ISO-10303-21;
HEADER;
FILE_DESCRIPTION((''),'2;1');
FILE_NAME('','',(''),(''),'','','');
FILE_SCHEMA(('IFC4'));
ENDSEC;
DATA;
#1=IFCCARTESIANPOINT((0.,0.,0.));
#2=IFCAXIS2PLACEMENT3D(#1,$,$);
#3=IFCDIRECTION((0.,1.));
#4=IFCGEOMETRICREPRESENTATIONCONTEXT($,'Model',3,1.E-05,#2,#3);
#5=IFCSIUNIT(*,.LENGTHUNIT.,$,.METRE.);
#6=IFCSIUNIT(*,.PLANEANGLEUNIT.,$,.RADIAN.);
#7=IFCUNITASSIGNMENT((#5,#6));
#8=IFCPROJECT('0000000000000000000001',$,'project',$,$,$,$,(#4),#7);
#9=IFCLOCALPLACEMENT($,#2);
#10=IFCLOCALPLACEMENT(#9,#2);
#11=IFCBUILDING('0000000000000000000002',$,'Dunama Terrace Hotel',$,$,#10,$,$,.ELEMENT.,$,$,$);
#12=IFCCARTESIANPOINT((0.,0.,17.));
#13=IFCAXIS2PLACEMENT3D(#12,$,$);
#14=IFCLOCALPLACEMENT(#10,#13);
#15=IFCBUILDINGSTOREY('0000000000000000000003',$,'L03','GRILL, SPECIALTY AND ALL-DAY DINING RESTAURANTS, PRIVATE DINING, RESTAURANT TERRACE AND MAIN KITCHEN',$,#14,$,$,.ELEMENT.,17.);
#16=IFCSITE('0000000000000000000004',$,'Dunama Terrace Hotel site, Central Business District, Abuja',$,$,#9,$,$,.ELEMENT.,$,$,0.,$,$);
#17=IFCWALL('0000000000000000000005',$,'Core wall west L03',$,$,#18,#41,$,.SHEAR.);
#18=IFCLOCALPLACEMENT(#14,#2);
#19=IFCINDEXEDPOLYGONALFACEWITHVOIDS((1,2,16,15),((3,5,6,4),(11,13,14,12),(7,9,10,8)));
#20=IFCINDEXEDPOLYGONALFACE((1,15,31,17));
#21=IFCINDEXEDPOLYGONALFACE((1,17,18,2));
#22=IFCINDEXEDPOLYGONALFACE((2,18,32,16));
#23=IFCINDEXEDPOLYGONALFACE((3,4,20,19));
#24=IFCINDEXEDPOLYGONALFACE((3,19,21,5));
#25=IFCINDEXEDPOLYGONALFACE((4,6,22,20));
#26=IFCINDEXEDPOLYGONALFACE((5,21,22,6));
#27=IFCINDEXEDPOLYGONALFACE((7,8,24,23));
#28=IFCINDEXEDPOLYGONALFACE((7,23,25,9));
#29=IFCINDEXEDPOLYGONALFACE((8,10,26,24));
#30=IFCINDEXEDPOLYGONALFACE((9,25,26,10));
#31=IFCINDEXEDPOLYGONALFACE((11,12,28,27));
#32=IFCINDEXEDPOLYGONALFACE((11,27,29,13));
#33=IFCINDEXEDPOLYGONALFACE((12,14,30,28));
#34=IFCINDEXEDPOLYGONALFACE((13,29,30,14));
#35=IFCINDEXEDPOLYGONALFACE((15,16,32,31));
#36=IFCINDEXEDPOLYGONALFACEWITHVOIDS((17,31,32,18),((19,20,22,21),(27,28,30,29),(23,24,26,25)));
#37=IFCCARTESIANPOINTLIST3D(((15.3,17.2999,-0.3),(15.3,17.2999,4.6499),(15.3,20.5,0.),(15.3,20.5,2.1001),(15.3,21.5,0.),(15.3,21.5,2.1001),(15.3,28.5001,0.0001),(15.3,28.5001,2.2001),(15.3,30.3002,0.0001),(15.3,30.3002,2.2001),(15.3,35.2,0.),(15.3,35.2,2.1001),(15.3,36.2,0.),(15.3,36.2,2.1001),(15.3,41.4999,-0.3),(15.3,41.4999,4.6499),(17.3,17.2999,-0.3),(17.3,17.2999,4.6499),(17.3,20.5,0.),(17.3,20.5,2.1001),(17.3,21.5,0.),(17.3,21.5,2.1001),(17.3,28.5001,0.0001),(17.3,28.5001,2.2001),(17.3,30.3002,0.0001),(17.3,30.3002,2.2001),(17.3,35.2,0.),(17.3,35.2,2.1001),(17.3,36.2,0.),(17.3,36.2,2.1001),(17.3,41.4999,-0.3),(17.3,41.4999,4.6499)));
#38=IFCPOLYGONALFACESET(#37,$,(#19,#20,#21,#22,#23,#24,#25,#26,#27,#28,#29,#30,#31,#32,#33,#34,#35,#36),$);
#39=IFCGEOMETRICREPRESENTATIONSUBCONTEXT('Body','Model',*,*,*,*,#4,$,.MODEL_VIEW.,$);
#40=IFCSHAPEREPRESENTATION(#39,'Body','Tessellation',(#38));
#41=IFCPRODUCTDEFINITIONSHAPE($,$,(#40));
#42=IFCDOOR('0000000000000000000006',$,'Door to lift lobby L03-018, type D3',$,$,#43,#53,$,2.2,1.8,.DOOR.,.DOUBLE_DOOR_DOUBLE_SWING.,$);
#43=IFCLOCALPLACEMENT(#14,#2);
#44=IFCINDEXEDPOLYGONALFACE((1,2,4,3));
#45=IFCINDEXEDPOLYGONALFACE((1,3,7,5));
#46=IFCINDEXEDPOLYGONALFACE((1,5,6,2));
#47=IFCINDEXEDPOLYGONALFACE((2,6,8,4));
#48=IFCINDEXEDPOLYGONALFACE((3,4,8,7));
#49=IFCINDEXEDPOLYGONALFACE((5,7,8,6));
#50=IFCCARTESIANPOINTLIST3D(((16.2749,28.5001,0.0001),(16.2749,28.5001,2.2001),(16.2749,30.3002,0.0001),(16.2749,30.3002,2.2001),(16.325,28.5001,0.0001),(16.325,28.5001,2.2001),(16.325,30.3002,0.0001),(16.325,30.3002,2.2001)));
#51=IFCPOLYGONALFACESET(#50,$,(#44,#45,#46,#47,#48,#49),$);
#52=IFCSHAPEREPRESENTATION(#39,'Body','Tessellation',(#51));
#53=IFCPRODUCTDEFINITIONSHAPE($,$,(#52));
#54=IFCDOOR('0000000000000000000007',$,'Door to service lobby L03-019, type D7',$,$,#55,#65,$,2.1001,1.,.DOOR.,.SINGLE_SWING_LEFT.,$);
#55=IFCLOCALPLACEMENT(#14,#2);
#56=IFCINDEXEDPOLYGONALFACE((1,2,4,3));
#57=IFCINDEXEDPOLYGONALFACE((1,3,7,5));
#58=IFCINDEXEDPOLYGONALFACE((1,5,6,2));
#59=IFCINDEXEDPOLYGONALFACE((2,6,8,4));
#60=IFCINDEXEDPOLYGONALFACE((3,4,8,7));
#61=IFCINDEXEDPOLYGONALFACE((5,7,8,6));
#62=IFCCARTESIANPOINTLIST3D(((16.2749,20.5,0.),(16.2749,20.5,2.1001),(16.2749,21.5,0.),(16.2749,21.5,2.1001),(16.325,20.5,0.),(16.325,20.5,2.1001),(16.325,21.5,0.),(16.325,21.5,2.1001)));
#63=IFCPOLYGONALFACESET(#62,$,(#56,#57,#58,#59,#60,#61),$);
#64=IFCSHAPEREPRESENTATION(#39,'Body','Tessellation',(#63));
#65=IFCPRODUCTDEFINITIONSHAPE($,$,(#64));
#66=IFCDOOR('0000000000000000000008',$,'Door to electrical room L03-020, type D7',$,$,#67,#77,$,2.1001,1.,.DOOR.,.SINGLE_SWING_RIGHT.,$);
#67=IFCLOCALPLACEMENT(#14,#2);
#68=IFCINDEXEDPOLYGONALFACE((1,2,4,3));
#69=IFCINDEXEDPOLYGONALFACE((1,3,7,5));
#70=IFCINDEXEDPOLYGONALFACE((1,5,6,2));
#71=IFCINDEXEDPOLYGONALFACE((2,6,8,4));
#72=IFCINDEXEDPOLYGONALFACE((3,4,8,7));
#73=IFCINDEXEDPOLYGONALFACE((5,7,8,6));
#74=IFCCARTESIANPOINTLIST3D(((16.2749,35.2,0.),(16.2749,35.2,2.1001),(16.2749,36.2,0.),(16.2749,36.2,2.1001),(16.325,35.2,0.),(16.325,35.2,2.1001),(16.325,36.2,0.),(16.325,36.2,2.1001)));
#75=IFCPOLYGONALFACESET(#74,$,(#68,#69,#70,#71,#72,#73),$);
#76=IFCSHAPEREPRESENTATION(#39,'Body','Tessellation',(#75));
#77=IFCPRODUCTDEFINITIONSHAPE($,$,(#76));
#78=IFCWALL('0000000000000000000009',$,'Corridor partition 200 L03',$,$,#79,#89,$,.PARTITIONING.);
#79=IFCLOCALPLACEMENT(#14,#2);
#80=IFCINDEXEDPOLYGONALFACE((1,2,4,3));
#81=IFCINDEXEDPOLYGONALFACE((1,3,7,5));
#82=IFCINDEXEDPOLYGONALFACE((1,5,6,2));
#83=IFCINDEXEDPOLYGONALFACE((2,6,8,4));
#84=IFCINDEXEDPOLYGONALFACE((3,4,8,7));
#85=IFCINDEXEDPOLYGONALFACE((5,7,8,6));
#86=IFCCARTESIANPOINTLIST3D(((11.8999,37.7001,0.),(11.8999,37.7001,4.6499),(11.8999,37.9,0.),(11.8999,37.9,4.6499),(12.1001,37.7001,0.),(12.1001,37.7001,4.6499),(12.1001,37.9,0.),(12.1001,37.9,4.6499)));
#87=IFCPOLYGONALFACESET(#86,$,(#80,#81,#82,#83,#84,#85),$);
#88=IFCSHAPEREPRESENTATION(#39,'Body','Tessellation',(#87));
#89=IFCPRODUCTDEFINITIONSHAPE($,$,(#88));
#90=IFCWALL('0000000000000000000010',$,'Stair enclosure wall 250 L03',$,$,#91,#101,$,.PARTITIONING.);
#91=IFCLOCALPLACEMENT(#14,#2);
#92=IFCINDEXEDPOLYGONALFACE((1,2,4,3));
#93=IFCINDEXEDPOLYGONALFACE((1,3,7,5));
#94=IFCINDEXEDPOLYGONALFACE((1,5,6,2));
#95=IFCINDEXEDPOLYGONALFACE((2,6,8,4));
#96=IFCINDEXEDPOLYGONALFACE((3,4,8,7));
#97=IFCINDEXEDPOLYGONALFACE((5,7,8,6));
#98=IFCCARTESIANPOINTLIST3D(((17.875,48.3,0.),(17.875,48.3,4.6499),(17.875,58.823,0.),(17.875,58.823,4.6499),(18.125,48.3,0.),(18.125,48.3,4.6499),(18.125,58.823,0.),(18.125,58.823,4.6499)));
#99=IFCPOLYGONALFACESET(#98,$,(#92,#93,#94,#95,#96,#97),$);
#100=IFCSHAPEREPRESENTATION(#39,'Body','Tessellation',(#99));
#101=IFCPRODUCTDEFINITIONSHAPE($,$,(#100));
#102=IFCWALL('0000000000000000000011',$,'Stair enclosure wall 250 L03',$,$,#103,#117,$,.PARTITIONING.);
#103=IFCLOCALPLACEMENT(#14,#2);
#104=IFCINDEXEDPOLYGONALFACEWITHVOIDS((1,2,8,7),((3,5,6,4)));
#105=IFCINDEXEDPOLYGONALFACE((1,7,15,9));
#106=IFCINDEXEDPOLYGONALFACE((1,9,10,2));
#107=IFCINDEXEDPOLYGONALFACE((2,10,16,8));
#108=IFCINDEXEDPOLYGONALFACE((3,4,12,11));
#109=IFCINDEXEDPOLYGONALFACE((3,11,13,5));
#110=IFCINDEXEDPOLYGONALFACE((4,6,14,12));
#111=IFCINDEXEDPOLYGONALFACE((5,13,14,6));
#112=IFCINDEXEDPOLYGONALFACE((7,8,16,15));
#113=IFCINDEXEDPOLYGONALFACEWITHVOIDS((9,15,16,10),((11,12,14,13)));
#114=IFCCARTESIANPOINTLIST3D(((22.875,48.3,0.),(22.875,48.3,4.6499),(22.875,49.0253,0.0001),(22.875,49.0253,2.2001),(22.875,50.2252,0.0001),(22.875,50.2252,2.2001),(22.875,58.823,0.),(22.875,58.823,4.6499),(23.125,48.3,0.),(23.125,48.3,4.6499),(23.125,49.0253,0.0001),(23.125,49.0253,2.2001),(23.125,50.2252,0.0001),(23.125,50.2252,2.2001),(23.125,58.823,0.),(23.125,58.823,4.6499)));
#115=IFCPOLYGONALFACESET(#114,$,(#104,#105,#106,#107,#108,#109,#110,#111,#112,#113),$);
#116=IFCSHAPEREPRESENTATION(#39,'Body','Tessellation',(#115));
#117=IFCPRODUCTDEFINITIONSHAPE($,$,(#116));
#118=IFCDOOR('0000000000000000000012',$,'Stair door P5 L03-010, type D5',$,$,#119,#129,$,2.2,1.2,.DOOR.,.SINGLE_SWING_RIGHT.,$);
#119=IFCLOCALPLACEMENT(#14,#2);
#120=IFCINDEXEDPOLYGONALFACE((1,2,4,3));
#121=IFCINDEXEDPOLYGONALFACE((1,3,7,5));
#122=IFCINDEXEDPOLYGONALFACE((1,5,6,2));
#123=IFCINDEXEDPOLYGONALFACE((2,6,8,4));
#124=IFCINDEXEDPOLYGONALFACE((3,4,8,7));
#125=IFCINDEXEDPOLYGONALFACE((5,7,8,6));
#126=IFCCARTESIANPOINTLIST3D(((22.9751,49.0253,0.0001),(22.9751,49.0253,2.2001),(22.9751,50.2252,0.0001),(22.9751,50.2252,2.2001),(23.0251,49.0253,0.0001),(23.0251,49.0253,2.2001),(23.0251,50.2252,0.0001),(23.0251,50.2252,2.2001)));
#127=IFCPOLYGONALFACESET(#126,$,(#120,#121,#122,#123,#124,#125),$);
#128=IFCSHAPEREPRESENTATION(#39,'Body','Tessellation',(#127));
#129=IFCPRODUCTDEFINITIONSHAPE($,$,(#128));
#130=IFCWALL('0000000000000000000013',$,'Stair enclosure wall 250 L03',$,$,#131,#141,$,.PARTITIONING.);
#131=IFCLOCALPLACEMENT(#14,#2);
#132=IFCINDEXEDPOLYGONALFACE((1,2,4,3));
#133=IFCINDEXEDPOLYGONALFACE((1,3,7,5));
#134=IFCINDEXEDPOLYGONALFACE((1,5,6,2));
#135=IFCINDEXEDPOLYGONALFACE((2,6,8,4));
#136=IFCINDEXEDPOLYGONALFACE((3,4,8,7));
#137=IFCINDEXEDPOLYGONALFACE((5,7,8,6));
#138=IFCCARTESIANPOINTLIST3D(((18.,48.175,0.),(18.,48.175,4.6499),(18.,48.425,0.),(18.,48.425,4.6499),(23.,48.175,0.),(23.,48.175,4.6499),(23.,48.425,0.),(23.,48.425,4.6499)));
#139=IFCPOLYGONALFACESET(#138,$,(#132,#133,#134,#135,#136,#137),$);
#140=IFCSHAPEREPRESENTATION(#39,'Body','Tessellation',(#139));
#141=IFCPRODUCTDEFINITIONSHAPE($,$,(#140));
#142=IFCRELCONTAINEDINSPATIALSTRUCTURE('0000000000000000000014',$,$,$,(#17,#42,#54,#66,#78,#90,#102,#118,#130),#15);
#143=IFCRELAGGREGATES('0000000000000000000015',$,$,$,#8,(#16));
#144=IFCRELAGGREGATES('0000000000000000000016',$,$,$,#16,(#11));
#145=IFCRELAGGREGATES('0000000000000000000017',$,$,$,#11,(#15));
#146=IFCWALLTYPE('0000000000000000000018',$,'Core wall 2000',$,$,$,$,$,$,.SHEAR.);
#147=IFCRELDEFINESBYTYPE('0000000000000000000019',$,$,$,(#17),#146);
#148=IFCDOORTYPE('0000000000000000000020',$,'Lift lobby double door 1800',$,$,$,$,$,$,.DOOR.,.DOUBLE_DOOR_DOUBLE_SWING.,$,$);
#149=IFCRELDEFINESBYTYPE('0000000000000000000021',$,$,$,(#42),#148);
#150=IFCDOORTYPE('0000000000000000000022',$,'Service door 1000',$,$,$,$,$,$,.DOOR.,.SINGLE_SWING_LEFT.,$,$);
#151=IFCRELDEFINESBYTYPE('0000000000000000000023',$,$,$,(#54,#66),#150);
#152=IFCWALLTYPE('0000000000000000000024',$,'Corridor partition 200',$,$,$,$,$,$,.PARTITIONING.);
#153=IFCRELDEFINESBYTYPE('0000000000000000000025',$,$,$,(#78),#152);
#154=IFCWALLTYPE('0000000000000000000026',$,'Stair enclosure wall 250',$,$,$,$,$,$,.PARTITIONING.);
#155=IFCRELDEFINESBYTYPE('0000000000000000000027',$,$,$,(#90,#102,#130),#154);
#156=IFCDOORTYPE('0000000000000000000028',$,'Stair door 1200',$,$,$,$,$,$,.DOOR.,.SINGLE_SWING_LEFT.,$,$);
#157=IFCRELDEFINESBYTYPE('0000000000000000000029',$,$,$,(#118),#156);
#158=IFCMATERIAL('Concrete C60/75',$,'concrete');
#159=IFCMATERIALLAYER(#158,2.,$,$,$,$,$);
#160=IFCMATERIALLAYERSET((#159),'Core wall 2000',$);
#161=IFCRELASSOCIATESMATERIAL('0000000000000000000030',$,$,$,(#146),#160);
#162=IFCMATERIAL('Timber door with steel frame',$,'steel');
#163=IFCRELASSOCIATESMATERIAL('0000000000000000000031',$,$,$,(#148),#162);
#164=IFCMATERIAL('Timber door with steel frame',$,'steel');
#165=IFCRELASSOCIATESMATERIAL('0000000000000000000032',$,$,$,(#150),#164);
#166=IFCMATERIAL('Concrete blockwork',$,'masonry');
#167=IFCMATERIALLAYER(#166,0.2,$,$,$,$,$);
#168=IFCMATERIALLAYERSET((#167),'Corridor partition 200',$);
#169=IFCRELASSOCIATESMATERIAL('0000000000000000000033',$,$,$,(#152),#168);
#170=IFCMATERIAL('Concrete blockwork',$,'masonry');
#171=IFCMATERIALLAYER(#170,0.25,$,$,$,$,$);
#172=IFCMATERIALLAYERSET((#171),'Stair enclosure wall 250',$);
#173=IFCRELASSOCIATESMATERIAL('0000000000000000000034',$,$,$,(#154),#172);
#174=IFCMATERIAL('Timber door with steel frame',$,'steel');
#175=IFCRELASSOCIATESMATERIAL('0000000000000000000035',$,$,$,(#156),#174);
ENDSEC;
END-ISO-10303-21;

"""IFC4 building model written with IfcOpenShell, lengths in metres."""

from ifc_helpers import new_model, si_unit, direction, frame, frame_2d, origin, place, context, subcontext, project, spatial, rectangle, extrude, material, layer, layer_set, type_object, element, fill, save


model = new_model("IFC4")

# Units and contexts
model_context = context("Model", 3, precision=1e-05, world=origin(), true_north=direction((0.0, 1.0)))
body_context = subcontext(model_context, "Body", "Model", "MODEL_VIEW")
ifc_project = project(units=[si_unit("LENGTHUNIT", "METRE"), si_unit("PLANEANGLEUNIT", "RADIAN")], contexts=[model_context])

# Site, building, storey
site_placement = place(None, origin())
site = spatial("IfcSite", under=ifc_project, at=site_placement, Name="Dunama Terrace Hotel site, Central Business District, Abuja", CompositionType="ELEMENT", RefElevation=0.0)
building_placement = place(site_placement, origin())
building = spatial("IfcBuilding", under=site, at=building_placement, Name="Dunama Terrace Hotel", CompositionType="ELEMENT")
storey_placement = place(building_placement, frame((0.0, 0.0, 17.0)))
storey = spatial("IfcBuildingStorey", under=building, at=storey_placement, Name="L03", Description="GRILL, SPECIALTY AND ALL-DAY DINING RESTAURANTS, PRIVATE DINING, RESTAURANT TERRACE AND MAIN KITCHEN", CompositionType="ELEMENT", Elevation=17.0)

# Wall, openings, doors
ifc_material_1 = material(Name="Concrete C60/75", Category="concrete")
ifc_layer_1 = layer(ifc_material_1, 2.0)
ifc_layer_set_1 = layer_set([ifc_layer_1], Name="Core wall 2000")
wall_type_1 = type_object("IfcWallType", Name="Core wall 2000", PredefinedType="SHEAR", material=ifc_layer_set_1)
wall_1_placement = place(storey_placement, frame((16.3, 41.5, -0.3), z_axis=(0.0, 0.0, 1.0), x_axis=(0.0, -1.0, 0.0)))
wall_1 = element("IfcWall", 1, at=wall_1_placement, inside=storey, type_object=wall_type_1, Name="Core wall west L03", PredefinedType="SHEAR", context=body_context, shape_type="SweptSolid", body=[
    extrude(rectangle(XDim=24.2, YDim=2.0, at=frame_2d((12.1001, 0.0))), origin(), (0.0, 0.0, 1.0), 4.95),
])
opening_1_placement = place(wall_1_placement, frame((11.2, 0.0, 0.3)))
opening_1 = element("IfcOpeningElement", 2, at=opening_1_placement, cuts=wall_1, PredefinedType="OPENING", context=body_context, shape_type="SweptSolid", body=[
    extrude(rectangle(XDim=1.8, YDim=2.2, at=frame_2d((0.8999, 1.1001))), frame((0.0, 1.01, 0.0), z_axis=(0.0, -1.0, 0.0), x_axis=(1.0, 0.0, 0.0)), (0.0, 0.0, 1.0), 2.02),
])
opening_2_placement = place(wall_1_placement, frame((20.0, 0.0, 0.3)))
opening_2 = element("IfcOpeningElement", 3, at=opening_2_placement, cuts=wall_1, PredefinedType="OPENING", context=body_context, shape_type="SweptSolid", body=[
    extrude(rectangle(XDim=1.0, YDim=2.1001, at=frame_2d((0.5, 1.05))), frame((0.0, 1.01, 0.0), z_axis=(0.0, -1.0, 0.0), x_axis=(1.0, 0.0, 0.0)), (0.0, 0.0, 1.0), 2.02),
])
opening_3_placement = place(wall_1_placement, frame((5.3, 0.0, 0.3)))
opening_3 = element("IfcOpeningElement", 4, at=opening_3_placement, cuts=wall_1, PredefinedType="OPENING", context=body_context, shape_type="SweptSolid", body=[
    extrude(rectangle(XDim=1.0, YDim=2.1001, at=frame_2d((0.5, 1.05))), frame((0.0, 1.01, 0.0), z_axis=(0.0, -1.0, 0.0), x_axis=(1.0, 0.0, 0.0)), (0.0, 0.0, 1.0), 2.02),
])
ifc_material_2 = material(Name="Timber door with steel frame", Category="steel")
door_type_1 = type_object("IfcDoorType", Name="Lift lobby double door 1800", OperationType="DOUBLE_DOOR_DOUBLE_SWING", PredefinedType="DOOR", material=ifc_material_2)
door_1_placement = place(opening_1_placement, origin())
door_1 = element("IfcDoor", 5, at=door_1_placement, inside=storey, type_object=door_type_1, Name="Door to lift lobby L03-018, type D3", OperationType="DOUBLE_DOOR_DOUBLE_SWING", OverallHeight=2.2, OverallWidth=1.8, PredefinedType="DOOR", context=body_context, shape_type="SweptSolid", body=[
    extrude(rectangle(XDim=1.8, YDim=2.2, at=frame_2d((0.8999, 1.1001))), frame((0.0, 0.0249, 0.0), z_axis=(0.0, -1.0, 0.0), x_axis=(1.0, 0.0, 0.0)), (0.0, 0.0, 1.0), 0.05),
])
fill(opening_1, door_1)
ifc_material_3 = material(Name="Timber door with steel frame", Category="steel")
door_type_2 = type_object("IfcDoorType", Name="Service door 1000", OperationType="SINGLE_SWING_LEFT", PredefinedType="DOOR", material=ifc_material_3)
door_2_placement = place(opening_2_placement, origin())
door_2 = element("IfcDoor", 6, at=door_2_placement, inside=storey, type_object=door_type_2, Name="Door to service lobby L03-019, type D7", OperationType="SINGLE_SWING_LEFT", OverallHeight=2.1001, OverallWidth=1.0, PredefinedType="DOOR", context=body_context, shape_type="SweptSolid", body=[
    extrude(rectangle(XDim=1.0, YDim=2.1001, at=frame_2d((0.5, 1.05))), frame((0.0, 0.0249, 0.0), z_axis=(0.0, -1.0, 0.0), x_axis=(1.0, 0.0, 0.0)), (0.0, 0.0, 1.0), 0.05),
])
fill(opening_2, door_2)
door_3_placement = place(opening_3_placement, origin())
door_3 = element("IfcDoor", 7, at=door_3_placement, inside=storey, type_object=door_type_2, Name="Door to electrical room L03-020, type D7", OperationType="SINGLE_SWING_RIGHT", OverallHeight=2.1001, OverallWidth=1.0, PredefinedType="DOOR", context=body_context, shape_type="SweptSolid", body=[
    extrude(rectangle(XDim=1.0, YDim=2.1001, at=frame_2d((0.5, 1.05))), frame((0.0, 0.0249, 0.0), z_axis=(0.0, -1.0, 0.0), x_axis=(1.0, 0.0, 0.0)), (0.0, 0.0, 1.0), 0.05),
])
fill(opening_3, door_3)

# Walls
ifc_material_4 = material(Name="Concrete blockwork", Category="masonry")
ifc_layer_2 = layer(ifc_material_4, 0.2)
ifc_layer_set_2 = layer_set([ifc_layer_2], Name="Corridor partition 200")
wall_type_2 = type_object("IfcWallType", Name="Corridor partition 200", PredefinedType="PARTITIONING", material=ifc_layer_set_2)
wall_2_placement = place(storey_placement, frame((11.8999, 37.8, 0.0), z_axis=(0.0, 0.0, 1.0), x_axis=(1.0, 0.0, 0.0)))
element("IfcWall", 8, at=wall_2_placement, inside=storey, type_object=wall_type_2, Name="Corridor partition 200 L03", PredefinedType="PARTITIONING", context=body_context, shape_type="SweptSolid", body=[
    extrude(rectangle(XDim=0.2002, YDim=0.2, at=frame_2d((0.1001, 0.0))), origin(), (0.0, 0.0, 1.0), 4.6499),
])
ifc_material_5 = material(Name="Concrete blockwork", Category="masonry")
ifc_layer_3 = layer(ifc_material_5, 0.25)
ifc_layer_set_3 = layer_set([ifc_layer_3], Name="Stair enclosure wall 250")
wall_type_3 = type_object("IfcWallType", Name="Stair enclosure wall 250", PredefinedType="PARTITIONING", material=ifc_layer_set_3)
wall_3_placement = place(storey_placement, frame((18.0, 48.3, 0.0), z_axis=(0.0, 0.0, 1.0), x_axis=(0.0, 1.0, 0.0)))
element("IfcWall", 9, at=wall_3_placement, inside=storey, type_object=wall_type_3, Name="Stair enclosure wall 250 L03", PredefinedType="PARTITIONING", context=body_context, shape_type="SweptSolid", body=[
    extrude(rectangle(XDim=10.5229, YDim=0.25, at=frame_2d((5.2615, 0.0))), origin(), (0.0, 0.0, 1.0), 4.6499),
])

# Wall, opening, door
wall_4_placement = place(storey_placement, frame((23.0, 48.3, 0.0), z_axis=(0.0, 0.0, 1.0), x_axis=(0.0, 1.0, 0.0)))
wall_4 = element("IfcWall", 10, at=wall_4_placement, inside=storey, type_object=wall_type_3, Name="Stair enclosure wall 250 L03", PredefinedType="PARTITIONING", context=body_context, shape_type="SweptSolid", body=[
    extrude(rectangle(XDim=10.5229, YDim=0.25, at=frame_2d((5.2615, 0.0))), origin(), (0.0, 0.0, 1.0), 4.6499),
])
opening_4_placement = place(wall_4_placement, frame((0.7251, 0.0, 0.0)))
opening_4 = element("IfcOpeningElement", 11, at=opening_4_placement, cuts=wall_4, PredefinedType="OPENING", context=body_context, shape_type="SweptSolid", body=[
    extrude(rectangle(XDim=1.2, YDim=2.2, at=frame_2d((0.6001, 1.1001))), frame((0.0, 0.135, 0.0), z_axis=(0.0, -1.0, 0.0), x_axis=(1.0, 0.0, 0.0)), (0.0, 0.0, 1.0), 0.27),
])
ifc_material_6 = material(Name="Timber door with steel frame", Category="steel")
door_type_3 = type_object("IfcDoorType", Name="Stair door 1200", OperationType="SINGLE_SWING_LEFT", PredefinedType="DOOR", material=ifc_material_6)
door_4_placement = place(opening_4_placement, origin())
door_4 = element("IfcDoor", 12, at=door_4_placement, inside=storey, type_object=door_type_3, Name="Stair door P5 L03-010, type D5", OperationType="SINGLE_SWING_RIGHT", OverallHeight=2.2, OverallWidth=1.2, PredefinedType="DOOR", context=body_context, shape_type="SweptSolid", body=[
    extrude(rectangle(XDim=1.2, YDim=2.2, at=frame_2d((0.6001, 1.1001))), frame((0.0, 0.0249, 0.0), z_axis=(0.0, -1.0, 0.0), x_axis=(1.0, 0.0, 0.0)), (0.0, 0.0, 1.0), 0.05),
])
fill(opening_4, door_4)

# Wall
wall_5_placement = place(storey_placement, frame((18.0, 48.3, 0.0), z_axis=(0.0, 0.0, 1.0), x_axis=(1.0, 0.0, 0.0)))
element("IfcWall", 13, at=wall_5_placement, inside=storey, type_object=wall_type_3, Name="Stair enclosure wall 250 L03", PredefinedType="PARTITIONING", context=body_context, shape_type="SweptSolid", body=[
    extrude(rectangle(XDim=5.0, YDim=0.25, at=frame_2d((2.5, 0.0))), origin(), (0.0, 0.0, 1.0), 4.6499),
])

save(model, "model.ifc")
